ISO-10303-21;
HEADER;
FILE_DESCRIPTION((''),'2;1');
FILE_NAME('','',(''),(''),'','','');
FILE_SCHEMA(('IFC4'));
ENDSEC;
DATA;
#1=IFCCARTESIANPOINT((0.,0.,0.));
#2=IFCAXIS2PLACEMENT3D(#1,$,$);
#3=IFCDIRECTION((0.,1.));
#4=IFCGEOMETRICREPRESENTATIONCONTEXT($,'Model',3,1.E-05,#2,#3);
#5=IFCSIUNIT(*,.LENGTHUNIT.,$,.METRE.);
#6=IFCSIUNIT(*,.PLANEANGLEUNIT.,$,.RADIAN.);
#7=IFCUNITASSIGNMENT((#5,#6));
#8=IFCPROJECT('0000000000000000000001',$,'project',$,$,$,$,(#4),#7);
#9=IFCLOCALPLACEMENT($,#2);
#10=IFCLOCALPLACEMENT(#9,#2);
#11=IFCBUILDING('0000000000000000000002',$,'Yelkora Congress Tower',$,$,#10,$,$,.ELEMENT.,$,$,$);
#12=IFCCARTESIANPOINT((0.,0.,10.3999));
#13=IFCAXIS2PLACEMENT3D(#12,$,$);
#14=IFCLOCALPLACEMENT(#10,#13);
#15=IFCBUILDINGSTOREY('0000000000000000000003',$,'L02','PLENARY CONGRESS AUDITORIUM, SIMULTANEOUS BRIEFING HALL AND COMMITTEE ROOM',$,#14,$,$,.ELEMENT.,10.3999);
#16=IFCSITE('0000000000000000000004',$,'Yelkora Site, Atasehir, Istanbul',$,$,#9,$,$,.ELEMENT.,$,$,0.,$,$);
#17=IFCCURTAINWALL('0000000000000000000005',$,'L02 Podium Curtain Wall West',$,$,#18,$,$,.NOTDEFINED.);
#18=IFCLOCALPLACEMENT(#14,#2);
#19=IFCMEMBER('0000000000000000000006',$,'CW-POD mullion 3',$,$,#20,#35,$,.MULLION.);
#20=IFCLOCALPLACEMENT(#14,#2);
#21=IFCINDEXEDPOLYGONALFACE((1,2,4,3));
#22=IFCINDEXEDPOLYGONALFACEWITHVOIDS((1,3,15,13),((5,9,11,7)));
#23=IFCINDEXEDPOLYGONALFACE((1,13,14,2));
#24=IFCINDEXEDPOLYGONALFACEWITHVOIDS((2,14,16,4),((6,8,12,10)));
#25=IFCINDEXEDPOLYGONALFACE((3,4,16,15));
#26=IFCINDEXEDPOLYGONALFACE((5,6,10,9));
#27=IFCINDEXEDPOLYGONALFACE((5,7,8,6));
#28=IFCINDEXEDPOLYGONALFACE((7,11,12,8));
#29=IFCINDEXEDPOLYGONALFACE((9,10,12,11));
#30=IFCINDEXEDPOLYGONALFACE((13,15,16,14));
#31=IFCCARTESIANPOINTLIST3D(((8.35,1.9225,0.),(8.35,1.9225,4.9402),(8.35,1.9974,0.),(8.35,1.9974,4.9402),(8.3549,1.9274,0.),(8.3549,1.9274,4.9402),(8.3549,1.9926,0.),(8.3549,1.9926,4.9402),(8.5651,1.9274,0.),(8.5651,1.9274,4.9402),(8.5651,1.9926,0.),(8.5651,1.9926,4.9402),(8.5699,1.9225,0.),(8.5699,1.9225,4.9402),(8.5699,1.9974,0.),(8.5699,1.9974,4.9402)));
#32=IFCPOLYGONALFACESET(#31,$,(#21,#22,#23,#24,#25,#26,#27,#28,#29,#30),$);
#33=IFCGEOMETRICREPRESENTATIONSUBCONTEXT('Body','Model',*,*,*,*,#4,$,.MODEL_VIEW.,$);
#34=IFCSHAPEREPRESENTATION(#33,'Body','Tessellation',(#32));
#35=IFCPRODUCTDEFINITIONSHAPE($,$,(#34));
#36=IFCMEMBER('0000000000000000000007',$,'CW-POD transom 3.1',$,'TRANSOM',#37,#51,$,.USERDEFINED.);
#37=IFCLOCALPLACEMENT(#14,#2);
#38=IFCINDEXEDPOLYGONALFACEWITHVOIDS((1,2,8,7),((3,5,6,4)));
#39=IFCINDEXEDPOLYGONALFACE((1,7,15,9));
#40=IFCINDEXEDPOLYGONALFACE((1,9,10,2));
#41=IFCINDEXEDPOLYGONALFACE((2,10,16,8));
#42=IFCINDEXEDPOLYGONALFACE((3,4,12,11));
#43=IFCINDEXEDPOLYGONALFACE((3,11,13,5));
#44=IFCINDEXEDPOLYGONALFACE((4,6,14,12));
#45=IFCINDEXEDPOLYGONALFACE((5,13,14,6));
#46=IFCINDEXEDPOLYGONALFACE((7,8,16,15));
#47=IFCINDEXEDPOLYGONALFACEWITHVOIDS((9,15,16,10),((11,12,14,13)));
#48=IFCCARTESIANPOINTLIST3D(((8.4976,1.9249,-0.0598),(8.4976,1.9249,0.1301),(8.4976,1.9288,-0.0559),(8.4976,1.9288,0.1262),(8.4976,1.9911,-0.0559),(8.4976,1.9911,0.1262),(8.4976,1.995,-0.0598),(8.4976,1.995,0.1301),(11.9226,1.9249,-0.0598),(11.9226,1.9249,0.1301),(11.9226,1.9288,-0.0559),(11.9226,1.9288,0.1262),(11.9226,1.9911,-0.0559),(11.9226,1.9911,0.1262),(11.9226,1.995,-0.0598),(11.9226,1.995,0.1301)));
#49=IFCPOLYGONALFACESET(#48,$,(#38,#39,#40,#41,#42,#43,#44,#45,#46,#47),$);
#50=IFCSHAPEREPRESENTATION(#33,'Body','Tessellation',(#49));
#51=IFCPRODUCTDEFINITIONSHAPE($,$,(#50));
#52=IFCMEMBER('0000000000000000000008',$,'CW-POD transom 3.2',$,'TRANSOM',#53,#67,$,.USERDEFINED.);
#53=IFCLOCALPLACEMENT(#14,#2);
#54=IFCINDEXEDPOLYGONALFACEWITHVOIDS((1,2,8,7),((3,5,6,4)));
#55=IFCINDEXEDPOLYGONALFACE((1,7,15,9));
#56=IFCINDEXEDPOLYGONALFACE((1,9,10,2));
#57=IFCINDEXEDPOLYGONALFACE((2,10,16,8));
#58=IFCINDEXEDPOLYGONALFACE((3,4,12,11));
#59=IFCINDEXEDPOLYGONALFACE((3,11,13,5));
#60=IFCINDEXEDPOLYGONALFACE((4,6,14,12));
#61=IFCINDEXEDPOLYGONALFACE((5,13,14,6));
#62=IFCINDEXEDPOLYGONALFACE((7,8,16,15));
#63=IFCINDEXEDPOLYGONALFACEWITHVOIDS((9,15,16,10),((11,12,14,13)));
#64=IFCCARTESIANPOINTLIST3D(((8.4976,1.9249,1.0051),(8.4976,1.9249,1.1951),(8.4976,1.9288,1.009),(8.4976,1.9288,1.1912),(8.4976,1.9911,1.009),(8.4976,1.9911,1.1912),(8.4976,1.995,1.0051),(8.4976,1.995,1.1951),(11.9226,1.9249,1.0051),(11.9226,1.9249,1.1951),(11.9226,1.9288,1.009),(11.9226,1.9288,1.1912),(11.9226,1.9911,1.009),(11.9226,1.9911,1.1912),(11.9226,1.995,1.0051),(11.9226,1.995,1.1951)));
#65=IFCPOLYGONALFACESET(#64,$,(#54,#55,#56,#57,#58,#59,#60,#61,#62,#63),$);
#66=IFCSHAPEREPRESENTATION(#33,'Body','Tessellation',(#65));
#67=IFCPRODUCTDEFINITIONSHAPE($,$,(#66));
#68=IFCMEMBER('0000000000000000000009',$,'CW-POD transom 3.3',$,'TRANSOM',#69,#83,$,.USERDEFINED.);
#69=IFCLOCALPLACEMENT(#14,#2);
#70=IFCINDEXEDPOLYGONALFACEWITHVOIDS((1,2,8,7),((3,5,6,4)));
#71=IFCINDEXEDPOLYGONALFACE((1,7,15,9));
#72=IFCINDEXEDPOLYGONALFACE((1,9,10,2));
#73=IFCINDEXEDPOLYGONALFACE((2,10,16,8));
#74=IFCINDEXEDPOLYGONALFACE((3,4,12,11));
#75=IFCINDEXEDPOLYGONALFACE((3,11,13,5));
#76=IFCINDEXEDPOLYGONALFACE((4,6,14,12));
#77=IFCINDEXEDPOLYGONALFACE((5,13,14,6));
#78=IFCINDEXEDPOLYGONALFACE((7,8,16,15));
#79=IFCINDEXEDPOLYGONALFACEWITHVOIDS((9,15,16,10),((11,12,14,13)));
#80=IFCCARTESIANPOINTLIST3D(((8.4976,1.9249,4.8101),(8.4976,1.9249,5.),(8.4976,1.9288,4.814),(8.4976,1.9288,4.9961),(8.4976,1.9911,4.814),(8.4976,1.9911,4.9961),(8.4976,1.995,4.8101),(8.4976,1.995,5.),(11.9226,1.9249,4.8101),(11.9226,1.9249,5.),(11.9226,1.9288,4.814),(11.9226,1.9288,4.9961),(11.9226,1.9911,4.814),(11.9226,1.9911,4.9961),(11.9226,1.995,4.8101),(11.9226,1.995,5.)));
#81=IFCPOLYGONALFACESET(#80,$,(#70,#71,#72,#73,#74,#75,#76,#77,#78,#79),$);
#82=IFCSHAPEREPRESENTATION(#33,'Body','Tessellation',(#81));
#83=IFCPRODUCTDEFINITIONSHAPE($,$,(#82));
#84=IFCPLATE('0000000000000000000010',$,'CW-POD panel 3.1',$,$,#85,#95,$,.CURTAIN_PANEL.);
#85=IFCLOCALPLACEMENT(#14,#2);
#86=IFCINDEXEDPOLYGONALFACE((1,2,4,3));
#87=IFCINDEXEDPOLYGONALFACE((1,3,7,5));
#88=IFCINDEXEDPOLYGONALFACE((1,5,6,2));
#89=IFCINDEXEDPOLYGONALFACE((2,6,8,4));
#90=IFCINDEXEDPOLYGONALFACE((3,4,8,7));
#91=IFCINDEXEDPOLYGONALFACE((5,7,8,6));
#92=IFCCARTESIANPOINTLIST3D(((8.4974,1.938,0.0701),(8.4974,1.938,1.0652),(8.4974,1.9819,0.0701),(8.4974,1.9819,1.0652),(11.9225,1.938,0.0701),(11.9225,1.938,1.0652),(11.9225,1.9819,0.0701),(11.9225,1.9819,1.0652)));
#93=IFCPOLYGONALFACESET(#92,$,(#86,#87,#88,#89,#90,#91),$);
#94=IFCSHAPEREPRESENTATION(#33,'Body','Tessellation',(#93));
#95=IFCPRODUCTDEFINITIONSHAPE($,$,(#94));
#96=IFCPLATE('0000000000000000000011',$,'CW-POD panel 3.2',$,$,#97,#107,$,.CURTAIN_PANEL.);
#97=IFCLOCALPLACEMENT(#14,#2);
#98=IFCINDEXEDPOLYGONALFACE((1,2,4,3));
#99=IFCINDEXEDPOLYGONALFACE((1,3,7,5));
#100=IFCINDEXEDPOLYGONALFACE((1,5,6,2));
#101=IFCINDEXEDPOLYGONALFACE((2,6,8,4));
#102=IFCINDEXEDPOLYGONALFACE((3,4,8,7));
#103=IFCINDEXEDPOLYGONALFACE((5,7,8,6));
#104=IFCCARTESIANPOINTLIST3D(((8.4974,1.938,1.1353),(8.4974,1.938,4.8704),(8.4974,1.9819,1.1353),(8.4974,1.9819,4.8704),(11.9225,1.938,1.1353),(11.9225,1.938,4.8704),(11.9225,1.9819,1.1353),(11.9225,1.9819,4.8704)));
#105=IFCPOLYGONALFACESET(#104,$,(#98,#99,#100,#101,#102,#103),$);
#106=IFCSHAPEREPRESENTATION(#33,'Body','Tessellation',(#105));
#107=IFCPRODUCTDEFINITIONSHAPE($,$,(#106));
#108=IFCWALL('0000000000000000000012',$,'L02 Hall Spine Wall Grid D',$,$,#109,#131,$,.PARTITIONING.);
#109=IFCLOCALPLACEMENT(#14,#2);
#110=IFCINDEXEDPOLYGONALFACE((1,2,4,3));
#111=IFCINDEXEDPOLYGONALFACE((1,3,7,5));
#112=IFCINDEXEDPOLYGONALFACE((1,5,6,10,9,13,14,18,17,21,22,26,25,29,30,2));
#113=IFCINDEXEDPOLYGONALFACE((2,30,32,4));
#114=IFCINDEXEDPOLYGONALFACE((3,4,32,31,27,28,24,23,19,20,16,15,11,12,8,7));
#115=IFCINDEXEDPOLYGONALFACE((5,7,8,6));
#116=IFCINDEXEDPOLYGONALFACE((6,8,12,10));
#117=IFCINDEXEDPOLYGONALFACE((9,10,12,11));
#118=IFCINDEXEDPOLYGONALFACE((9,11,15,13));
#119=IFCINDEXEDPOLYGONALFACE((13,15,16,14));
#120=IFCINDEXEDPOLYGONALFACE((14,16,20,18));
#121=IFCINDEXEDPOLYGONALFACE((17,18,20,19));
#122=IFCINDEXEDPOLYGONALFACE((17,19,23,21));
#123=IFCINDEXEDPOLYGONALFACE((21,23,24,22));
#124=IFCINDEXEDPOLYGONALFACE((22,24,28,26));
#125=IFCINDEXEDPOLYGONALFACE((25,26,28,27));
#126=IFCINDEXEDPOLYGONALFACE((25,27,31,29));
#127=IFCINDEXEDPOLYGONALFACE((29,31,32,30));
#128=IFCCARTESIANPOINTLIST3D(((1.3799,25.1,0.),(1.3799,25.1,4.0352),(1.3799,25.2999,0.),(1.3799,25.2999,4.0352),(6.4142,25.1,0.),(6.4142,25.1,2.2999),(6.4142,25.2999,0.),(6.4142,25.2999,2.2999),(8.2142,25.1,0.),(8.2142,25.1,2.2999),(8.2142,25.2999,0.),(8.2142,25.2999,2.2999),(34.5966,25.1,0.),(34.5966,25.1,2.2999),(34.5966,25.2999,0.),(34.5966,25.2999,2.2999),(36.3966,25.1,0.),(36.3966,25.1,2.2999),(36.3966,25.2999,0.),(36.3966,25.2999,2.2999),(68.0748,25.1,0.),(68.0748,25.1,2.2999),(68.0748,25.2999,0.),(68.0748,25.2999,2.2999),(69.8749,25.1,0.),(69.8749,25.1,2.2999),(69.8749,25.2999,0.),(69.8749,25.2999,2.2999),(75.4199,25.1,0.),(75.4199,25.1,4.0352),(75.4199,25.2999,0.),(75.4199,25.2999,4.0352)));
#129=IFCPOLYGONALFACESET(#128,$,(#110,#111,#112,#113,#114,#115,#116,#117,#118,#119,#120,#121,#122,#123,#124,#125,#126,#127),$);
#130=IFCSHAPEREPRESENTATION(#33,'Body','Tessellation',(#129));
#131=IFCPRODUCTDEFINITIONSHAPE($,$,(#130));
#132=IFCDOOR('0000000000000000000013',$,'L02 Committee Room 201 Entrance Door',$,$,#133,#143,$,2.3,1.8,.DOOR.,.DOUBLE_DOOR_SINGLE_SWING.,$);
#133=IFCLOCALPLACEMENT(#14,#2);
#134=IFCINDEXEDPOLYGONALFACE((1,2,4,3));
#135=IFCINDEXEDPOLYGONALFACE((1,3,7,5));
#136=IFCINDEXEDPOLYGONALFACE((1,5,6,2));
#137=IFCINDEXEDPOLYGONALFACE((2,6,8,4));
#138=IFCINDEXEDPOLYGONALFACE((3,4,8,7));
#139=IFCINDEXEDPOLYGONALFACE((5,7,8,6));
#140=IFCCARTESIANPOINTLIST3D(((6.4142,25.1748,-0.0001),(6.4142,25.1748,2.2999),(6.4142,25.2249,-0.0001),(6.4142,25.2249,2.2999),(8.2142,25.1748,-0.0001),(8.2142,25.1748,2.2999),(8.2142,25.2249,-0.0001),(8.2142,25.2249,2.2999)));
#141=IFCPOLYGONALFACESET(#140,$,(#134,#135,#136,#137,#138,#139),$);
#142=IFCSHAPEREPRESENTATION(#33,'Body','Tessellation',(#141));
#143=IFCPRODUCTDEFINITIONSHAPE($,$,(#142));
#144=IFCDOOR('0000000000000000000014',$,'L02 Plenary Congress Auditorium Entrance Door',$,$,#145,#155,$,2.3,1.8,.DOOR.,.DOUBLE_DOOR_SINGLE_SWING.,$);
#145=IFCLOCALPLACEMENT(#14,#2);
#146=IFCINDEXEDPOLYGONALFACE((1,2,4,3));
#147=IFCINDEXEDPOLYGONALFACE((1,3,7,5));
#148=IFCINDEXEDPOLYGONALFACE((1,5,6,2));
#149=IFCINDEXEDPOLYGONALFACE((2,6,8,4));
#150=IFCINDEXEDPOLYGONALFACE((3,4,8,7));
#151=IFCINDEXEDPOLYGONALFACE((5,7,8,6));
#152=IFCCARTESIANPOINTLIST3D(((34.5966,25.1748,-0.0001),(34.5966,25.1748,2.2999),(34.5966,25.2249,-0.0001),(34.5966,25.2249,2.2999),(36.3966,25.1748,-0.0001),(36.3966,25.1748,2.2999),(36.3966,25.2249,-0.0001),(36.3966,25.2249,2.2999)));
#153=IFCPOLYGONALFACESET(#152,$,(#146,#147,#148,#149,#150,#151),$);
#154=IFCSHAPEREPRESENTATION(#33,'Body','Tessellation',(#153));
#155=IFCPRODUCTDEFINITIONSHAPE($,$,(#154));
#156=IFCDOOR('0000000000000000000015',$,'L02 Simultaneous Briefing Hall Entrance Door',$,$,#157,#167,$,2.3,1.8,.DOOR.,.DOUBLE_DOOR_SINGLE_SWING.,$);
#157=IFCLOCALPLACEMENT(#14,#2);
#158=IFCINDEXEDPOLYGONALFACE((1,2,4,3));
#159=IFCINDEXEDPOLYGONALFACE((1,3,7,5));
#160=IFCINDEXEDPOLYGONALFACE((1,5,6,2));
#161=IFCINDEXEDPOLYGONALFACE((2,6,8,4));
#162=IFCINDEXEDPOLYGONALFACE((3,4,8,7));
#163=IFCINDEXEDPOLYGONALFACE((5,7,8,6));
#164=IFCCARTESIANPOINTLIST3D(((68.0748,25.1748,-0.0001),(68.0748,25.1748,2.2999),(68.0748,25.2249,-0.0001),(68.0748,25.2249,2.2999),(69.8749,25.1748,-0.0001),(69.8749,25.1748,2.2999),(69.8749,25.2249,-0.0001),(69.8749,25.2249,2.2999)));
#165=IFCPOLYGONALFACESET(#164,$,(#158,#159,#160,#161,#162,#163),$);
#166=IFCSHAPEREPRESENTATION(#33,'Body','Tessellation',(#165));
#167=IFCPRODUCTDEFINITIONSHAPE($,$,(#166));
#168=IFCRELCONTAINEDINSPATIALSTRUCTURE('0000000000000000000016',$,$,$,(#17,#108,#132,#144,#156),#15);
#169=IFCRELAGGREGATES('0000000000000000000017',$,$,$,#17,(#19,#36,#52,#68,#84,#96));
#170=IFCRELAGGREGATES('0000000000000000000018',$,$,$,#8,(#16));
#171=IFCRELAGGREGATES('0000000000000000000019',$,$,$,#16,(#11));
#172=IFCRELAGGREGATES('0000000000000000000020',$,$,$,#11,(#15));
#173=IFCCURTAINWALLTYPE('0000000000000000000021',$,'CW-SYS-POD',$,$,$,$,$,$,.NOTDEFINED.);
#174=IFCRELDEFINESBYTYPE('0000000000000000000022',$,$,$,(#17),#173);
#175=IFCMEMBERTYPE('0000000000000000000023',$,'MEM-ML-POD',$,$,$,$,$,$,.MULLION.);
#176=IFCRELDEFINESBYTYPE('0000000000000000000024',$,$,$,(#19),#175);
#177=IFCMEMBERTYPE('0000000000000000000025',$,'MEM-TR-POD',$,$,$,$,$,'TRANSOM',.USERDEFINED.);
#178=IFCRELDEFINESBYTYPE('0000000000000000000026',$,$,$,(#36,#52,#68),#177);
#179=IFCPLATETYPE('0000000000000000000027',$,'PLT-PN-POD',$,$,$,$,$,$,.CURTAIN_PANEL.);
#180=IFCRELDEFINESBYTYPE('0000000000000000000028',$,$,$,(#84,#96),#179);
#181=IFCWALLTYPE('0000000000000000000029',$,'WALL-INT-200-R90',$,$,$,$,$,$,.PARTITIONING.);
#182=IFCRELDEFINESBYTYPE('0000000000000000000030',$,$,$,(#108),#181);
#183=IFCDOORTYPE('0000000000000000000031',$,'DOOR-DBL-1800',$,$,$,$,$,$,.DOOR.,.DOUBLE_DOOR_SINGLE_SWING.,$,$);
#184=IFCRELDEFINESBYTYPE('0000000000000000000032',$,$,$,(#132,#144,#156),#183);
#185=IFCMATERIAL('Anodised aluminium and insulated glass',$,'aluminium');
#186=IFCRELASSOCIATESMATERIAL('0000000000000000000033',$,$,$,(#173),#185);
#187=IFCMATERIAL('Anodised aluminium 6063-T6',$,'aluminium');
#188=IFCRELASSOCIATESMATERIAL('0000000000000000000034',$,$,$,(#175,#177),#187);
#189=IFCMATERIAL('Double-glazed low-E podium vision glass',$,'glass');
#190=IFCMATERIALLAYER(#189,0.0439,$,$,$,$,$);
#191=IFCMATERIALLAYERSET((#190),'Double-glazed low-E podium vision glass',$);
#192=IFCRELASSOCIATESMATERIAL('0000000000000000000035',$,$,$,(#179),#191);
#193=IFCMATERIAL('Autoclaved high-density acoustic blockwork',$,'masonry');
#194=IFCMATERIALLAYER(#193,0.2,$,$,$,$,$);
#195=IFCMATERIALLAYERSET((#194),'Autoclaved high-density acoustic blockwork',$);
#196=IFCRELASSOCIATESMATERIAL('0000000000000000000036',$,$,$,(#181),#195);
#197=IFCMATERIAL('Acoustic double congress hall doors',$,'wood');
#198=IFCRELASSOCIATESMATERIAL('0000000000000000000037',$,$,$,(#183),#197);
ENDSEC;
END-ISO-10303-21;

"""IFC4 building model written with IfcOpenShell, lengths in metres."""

from ifc_helpers import new_model, si_unit, direction, frame, frame_2d, origin, origin_2d, place, context, subcontext, project, spatial, rectangle, hollow_rectangle, extrude, material, layer, layer_set, material_profile, profile_set, type_object, element, fill, aggregate, save


model = new_model("IFC4")

# Units and contexts
model_context = context("Model", 3, precision=1e-05, world=origin(), true_north=direction((0.0, 1.0)))
body_context = subcontext(model_context, "Body", "Model", "MODEL_VIEW")
ifc_project = project(units=[si_unit("LENGTHUNIT", "METRE"), si_unit("PLANEANGLEUNIT", "RADIAN")], contexts=[model_context])

# Site, building, storey
site_placement = place(None, origin())
site = spatial("IfcSite", under=ifc_project, at=site_placement, Name="Yelkora Site, Atasehir, Istanbul", CompositionType="ELEMENT", RefElevation=0.0)
building_placement = place(site_placement, origin())
building = spatial("IfcBuilding", under=site, at=building_placement, Name="Yelkora Congress Tower", CompositionType="ELEMENT")
storey_placement = place(building_placement, frame((0.0, 0.0, 10.3999)))
storey = spatial("IfcBuildingStorey", under=building, at=storey_placement, Name="L02", Description="PLENARY CONGRESS AUDITORIUM, SIMULTANEOUS BRIEFING HALL AND COMMITTEE ROOM", CompositionType="ELEMENT", Elevation=10.3999)

# Curtain wall, members, plates
ifc_material_1 = material(Name="Anodised aluminium and insulated glass", Category="aluminium")
curtain_wall_type = type_object("IfcCurtainWallType", Name="CW-SYS-POD", PredefinedType="NOTDEFINED", material=ifc_material_1)
curtain_wall_placement = place(storey_placement, origin())
curtain_wall = element("IfcCurtainWall", 1, at=curtain_wall_placement, inside=storey, type_object=curtain_wall_type, Name="L02 Podium Curtain Wall West", PredefinedType="NOTDEFINED")
ifc_material_2 = material(Name="Anodised aluminium 6063-T6", Category="aluminium")
ifc_material_profile_1 = material_profile(ifc_material_2, hollow_rectangle(XDim=0.075, YDim=0.22, WallThickness=0.0049, at=origin_2d()), Name="ALU 75x220x5")
ifc_profile_set_1 = profile_set([ifc_material_profile_1], Name="Anodised aluminium 6063-T6")
member_type_1 = type_object("IfcMemberType", Name="MEM-ML-POD", PredefinedType="MULLION", material=ifc_profile_set_1)
member_1_placement = place(storey_placement, frame((8.46, 1.96, 0.0), z_axis=(0.0, 0.0, 1.0), x_axis=(0.0, 1.0, 0.0)))
member_1 = element("IfcMember", 2, at=member_1_placement, type_object=member_type_1, Name="CW-POD mullion 3", PredefinedType="MULLION", context=body_context, shape_type="SweptSolid", body=[
    extrude(hollow_rectangle(XDim=0.075, YDim=0.22, WallThickness=0.0049, at=origin_2d()), origin(), (0.0, 0.0, 1.0), 4.9402),
])
ifc_material_profile_2 = material_profile(ifc_material_2, hollow_rectangle(XDim=0.0701, YDim=0.1899, WallThickness=0.0039, at=origin_2d()), Name="ALU 70x190x4")
ifc_profile_set_2 = profile_set([ifc_material_profile_2], Name="Anodised aluminium 6063-T6")
member_type_2 = type_object("IfcMemberType", Name="MEM-TR-POD", ElementType="TRANSOM", PredefinedType="USERDEFINED", material=ifc_profile_set_2)
member_2_placement = place(storey_placement, frame((8.4976, 1.96, 0.0352), z_axis=(1.0, 0.0, 0.0), x_axis=(0.0, 1.0, 0.0)))
member_2 = element("IfcMember", 3, at=member_2_placement, type_object=member_type_2, Name="CW-POD transom 3.1", ObjectType="TRANSOM", PredefinedType="USERDEFINED", context=body_context, shape_type="SweptSolid", body=[
    extrude(hollow_rectangle(XDim=0.0701, YDim=0.1899, WallThickness=0.0039, at=origin_2d()), origin(), (0.0, 0.0, 1.0), 3.425),
])
member_3_placement = place(storey_placement, frame((8.4976, 1.96, 1.1001), z_axis=(1.0, 0.0, 0.0), x_axis=(0.0, 1.0, 0.0)))
member_3 = element("IfcMember", 4, at=member_3_placement, type_object=member_type_2, Name="CW-POD transom 3.2", ObjectType="TRANSOM", PredefinedType="USERDEFINED", context=body_context, shape_type="SweptSolid", body=[
    extrude(hollow_rectangle(XDim=0.0701, YDim=0.1899, WallThickness=0.0039, at=origin_2d()), origin(), (0.0, 0.0, 1.0), 3.425),
])
member_4_placement = place(storey_placement, frame((8.4976, 1.96, 4.905), z_axis=(1.0, 0.0, 0.0), x_axis=(0.0, 1.0, 0.0)))
member_4 = element("IfcMember", 5, at=member_4_placement, type_object=member_type_2, Name="CW-POD transom 3.3", ObjectType="TRANSOM", PredefinedType="USERDEFINED", context=body_context, shape_type="SweptSolid", body=[
    extrude(hollow_rectangle(XDim=0.0701, YDim=0.1899, WallThickness=0.0039, at=origin_2d()), origin(), (0.0, 0.0, 1.0), 3.425),
])
ifc_material_3 = material(Name="Double-glazed low-E podium vision glass", Category="glass")
ifc_layer_1 = layer(ifc_material_3, 0.0439)
ifc_layer_set_1 = layer_set([ifc_layer_1], Name="Double-glazed low-E podium vision glass")
plate_type = type_object("IfcPlateType", Name="PLT-PN-POD", PredefinedType="CURTAIN_PANEL", material=ifc_layer_set_1)
plate_1_placement = place(storey_placement, frame((10.21, 1.96, 0.0701), z_axis=(0.0, 0.0, 1.0), x_axis=(1.0, 0.0, 0.0)))
plate_1 = element("IfcPlate", 6, at=plate_1_placement, type_object=plate_type, Name="CW-POD panel 3.1", PredefinedType="CURTAIN_PANEL", context=body_context, shape_type="SweptSolid", body=[
    extrude(rectangle(XDim=3.425, YDim=0.0439, at=origin_2d()), origin(), (0.0, 0.0, 1.0), 0.9951),
])
plate_2_placement = place(storey_placement, frame((10.21, 1.96, 1.1353), z_axis=(0.0, 0.0, 1.0), x_axis=(1.0, 0.0, 0.0)))
plate_2 = element("IfcPlate", 7, at=plate_2_placement, type_object=plate_type, Name="CW-POD panel 3.2", PredefinedType="CURTAIN_PANEL", context=body_context, shape_type="SweptSolid", body=[
    extrude(rectangle(XDim=3.425, YDim=0.0439, at=origin_2d()), origin(), (0.0, 0.0, 1.0), 3.7351),
])
aggregate(curtain_wall, [member_1, member_2, member_3, member_4, plate_1, plate_2])

# Wall, openings, doors
ifc_material_4 = material(Name="Autoclaved high-density acoustic blockwork", Category="masonry")
ifc_layer_2 = layer(ifc_material_4, 0.2)
ifc_layer_set_2 = layer_set([ifc_layer_2], Name="Autoclaved high-density acoustic blockwork")
wall_type = type_object("IfcWallType", Name="WALL-INT-200-R90", PredefinedType="PARTITIONING", material=ifc_layer_set_2)
wall_placement = place(storey_placement, frame((1.3799, 25.2, 0.0), z_axis=(0.0, 0.0, 1.0), x_axis=(1.0, 0.0, 0.0)))
wall = element("IfcWall", 8, at=wall_placement, inside=storey, type_object=wall_type, Name="L02 Hall Spine Wall Grid D", PredefinedType="PARTITIONING", context=body_context, shape_type="SweptSolid", body=[
    extrude(rectangle(XDim=74.04, YDim=0.2, at=frame_2d((37.02, 0.0))), origin(), (0.0, 0.0, 1.0), 4.0352),
])
opening_1_placement = place(wall_placement, frame((5.0344, 0.0, 0.0)))
opening_1 = element("IfcOpeningElement", 9, at=opening_1_placement, cuts=wall, PredefinedType="OPENING", context=body_context, shape_type="SweptSolid", body=[
    extrude(rectangle(XDim=1.8, YDim=2.3, at=frame_2d((0.8999, 1.1499))), frame((0.0, 0.1099, 0.0), z_axis=(0.0, -1.0, 0.0), x_axis=(1.0, 0.0, 0.0)), (0.0, 0.0, 1.0), 0.22),
])
opening_2_placement = place(wall_placement, frame((33.2168, 0.0, 0.0)))
opening_2 = element("IfcOpeningElement", 10, at=opening_2_placement, cuts=wall, PredefinedType="OPENING", context=body_context, shape_type="SweptSolid", body=[
    extrude(rectangle(XDim=1.8, YDim=2.3, at=frame_2d((0.8999, 1.1499))), frame((0.0, 0.1099, 0.0), z_axis=(0.0, -1.0, 0.0), x_axis=(1.0, 0.0, 0.0)), (0.0, 0.0, 1.0), 0.22),
])
opening_3_placement = place(wall_placement, frame((66.6951, 0.0, 0.0)))
opening_3 = element("IfcOpeningElement", 11, at=opening_3_placement, cuts=wall, PredefinedType="OPENING", context=body_context, shape_type="SweptSolid", body=[
    extrude(rectangle(XDim=1.8, YDim=2.3, at=frame_2d((0.8999, 1.1499))), frame((0.0, 0.1099, 0.0), z_axis=(0.0, -1.0, 0.0), x_axis=(1.0, 0.0, 0.0)), (0.0, 0.0, 1.0), 0.22),
])
ifc_material_5 = material(Name="Acoustic double congress hall doors", Category="wood")
door_type = type_object("IfcDoorType", Name="DOOR-DBL-1800", OperationType="DOUBLE_DOOR_SINGLE_SWING", PredefinedType="DOOR", material=ifc_material_5)
door_1_placement = place(opening_1_placement, origin())
door_1 = element("IfcDoor", 12, at=door_1_placement, inside=storey, type_object=door_type, Name="L02 Committee Room 201 Entrance Door", OperationType="DOUBLE_DOOR_SINGLE_SWING", OverallHeight=2.3, OverallWidth=1.8, PredefinedType="DOOR", context=body_context, shape_type="SweptSolid", body=[
    extrude(rectangle(XDim=1.8, YDim=2.3, at=frame_2d((0.8999, 1.1499))), frame((0.0, 0.0249, 0.0), z_axis=(0.0, -1.0, 0.0), x_axis=(1.0, 0.0, 0.0)), (0.0, 0.0, 1.0), 0.05),
])
fill(opening_1, door_1)
door_2_placement = place(opening_2_placement, origin())
door_2 = element("IfcDoor", 13, at=door_2_placement, inside=storey, type_object=door_type, Name="L02 Plenary Congress Auditorium Entrance Door", OperationType="DOUBLE_DOOR_SINGLE_SWING", OverallHeight=2.3, OverallWidth=1.8, PredefinedType="DOOR", context=body_context, shape_type="SweptSolid", body=[
    extrude(rectangle(XDim=1.8, YDim=2.3, at=frame_2d((0.8999, 1.1499))), frame((0.0, 0.0249, 0.0), z_axis=(0.0, -1.0, 0.0), x_axis=(1.0, 0.0, 0.0)), (0.0, 0.0, 1.0), 0.05),
])
fill(opening_2, door_2)
door_3_placement = place(opening_3_placement, origin())
door_3 = element("IfcDoor", 14, at=door_3_placement, inside=storey, type_object=door_type, Name="L02 Simultaneous Briefing Hall Entrance Door", OperationType="DOUBLE_DOOR_SINGLE_SWING", OverallHeight=2.3, OverallWidth=1.8, PredefinedType="DOOR", context=body_context, shape_type="SweptSolid", body=[
    extrude(rectangle(XDim=1.8, YDim=2.3, at=frame_2d((0.8999, 1.1499))), frame((0.0, 0.0249, 0.0), z_axis=(0.0, -1.0, 0.0), x_axis=(1.0, 0.0, 0.0)), (0.0, 0.0, 1.0), 0.05),
])
fill(opening_3, door_3)

save(model, "model.ifc")
